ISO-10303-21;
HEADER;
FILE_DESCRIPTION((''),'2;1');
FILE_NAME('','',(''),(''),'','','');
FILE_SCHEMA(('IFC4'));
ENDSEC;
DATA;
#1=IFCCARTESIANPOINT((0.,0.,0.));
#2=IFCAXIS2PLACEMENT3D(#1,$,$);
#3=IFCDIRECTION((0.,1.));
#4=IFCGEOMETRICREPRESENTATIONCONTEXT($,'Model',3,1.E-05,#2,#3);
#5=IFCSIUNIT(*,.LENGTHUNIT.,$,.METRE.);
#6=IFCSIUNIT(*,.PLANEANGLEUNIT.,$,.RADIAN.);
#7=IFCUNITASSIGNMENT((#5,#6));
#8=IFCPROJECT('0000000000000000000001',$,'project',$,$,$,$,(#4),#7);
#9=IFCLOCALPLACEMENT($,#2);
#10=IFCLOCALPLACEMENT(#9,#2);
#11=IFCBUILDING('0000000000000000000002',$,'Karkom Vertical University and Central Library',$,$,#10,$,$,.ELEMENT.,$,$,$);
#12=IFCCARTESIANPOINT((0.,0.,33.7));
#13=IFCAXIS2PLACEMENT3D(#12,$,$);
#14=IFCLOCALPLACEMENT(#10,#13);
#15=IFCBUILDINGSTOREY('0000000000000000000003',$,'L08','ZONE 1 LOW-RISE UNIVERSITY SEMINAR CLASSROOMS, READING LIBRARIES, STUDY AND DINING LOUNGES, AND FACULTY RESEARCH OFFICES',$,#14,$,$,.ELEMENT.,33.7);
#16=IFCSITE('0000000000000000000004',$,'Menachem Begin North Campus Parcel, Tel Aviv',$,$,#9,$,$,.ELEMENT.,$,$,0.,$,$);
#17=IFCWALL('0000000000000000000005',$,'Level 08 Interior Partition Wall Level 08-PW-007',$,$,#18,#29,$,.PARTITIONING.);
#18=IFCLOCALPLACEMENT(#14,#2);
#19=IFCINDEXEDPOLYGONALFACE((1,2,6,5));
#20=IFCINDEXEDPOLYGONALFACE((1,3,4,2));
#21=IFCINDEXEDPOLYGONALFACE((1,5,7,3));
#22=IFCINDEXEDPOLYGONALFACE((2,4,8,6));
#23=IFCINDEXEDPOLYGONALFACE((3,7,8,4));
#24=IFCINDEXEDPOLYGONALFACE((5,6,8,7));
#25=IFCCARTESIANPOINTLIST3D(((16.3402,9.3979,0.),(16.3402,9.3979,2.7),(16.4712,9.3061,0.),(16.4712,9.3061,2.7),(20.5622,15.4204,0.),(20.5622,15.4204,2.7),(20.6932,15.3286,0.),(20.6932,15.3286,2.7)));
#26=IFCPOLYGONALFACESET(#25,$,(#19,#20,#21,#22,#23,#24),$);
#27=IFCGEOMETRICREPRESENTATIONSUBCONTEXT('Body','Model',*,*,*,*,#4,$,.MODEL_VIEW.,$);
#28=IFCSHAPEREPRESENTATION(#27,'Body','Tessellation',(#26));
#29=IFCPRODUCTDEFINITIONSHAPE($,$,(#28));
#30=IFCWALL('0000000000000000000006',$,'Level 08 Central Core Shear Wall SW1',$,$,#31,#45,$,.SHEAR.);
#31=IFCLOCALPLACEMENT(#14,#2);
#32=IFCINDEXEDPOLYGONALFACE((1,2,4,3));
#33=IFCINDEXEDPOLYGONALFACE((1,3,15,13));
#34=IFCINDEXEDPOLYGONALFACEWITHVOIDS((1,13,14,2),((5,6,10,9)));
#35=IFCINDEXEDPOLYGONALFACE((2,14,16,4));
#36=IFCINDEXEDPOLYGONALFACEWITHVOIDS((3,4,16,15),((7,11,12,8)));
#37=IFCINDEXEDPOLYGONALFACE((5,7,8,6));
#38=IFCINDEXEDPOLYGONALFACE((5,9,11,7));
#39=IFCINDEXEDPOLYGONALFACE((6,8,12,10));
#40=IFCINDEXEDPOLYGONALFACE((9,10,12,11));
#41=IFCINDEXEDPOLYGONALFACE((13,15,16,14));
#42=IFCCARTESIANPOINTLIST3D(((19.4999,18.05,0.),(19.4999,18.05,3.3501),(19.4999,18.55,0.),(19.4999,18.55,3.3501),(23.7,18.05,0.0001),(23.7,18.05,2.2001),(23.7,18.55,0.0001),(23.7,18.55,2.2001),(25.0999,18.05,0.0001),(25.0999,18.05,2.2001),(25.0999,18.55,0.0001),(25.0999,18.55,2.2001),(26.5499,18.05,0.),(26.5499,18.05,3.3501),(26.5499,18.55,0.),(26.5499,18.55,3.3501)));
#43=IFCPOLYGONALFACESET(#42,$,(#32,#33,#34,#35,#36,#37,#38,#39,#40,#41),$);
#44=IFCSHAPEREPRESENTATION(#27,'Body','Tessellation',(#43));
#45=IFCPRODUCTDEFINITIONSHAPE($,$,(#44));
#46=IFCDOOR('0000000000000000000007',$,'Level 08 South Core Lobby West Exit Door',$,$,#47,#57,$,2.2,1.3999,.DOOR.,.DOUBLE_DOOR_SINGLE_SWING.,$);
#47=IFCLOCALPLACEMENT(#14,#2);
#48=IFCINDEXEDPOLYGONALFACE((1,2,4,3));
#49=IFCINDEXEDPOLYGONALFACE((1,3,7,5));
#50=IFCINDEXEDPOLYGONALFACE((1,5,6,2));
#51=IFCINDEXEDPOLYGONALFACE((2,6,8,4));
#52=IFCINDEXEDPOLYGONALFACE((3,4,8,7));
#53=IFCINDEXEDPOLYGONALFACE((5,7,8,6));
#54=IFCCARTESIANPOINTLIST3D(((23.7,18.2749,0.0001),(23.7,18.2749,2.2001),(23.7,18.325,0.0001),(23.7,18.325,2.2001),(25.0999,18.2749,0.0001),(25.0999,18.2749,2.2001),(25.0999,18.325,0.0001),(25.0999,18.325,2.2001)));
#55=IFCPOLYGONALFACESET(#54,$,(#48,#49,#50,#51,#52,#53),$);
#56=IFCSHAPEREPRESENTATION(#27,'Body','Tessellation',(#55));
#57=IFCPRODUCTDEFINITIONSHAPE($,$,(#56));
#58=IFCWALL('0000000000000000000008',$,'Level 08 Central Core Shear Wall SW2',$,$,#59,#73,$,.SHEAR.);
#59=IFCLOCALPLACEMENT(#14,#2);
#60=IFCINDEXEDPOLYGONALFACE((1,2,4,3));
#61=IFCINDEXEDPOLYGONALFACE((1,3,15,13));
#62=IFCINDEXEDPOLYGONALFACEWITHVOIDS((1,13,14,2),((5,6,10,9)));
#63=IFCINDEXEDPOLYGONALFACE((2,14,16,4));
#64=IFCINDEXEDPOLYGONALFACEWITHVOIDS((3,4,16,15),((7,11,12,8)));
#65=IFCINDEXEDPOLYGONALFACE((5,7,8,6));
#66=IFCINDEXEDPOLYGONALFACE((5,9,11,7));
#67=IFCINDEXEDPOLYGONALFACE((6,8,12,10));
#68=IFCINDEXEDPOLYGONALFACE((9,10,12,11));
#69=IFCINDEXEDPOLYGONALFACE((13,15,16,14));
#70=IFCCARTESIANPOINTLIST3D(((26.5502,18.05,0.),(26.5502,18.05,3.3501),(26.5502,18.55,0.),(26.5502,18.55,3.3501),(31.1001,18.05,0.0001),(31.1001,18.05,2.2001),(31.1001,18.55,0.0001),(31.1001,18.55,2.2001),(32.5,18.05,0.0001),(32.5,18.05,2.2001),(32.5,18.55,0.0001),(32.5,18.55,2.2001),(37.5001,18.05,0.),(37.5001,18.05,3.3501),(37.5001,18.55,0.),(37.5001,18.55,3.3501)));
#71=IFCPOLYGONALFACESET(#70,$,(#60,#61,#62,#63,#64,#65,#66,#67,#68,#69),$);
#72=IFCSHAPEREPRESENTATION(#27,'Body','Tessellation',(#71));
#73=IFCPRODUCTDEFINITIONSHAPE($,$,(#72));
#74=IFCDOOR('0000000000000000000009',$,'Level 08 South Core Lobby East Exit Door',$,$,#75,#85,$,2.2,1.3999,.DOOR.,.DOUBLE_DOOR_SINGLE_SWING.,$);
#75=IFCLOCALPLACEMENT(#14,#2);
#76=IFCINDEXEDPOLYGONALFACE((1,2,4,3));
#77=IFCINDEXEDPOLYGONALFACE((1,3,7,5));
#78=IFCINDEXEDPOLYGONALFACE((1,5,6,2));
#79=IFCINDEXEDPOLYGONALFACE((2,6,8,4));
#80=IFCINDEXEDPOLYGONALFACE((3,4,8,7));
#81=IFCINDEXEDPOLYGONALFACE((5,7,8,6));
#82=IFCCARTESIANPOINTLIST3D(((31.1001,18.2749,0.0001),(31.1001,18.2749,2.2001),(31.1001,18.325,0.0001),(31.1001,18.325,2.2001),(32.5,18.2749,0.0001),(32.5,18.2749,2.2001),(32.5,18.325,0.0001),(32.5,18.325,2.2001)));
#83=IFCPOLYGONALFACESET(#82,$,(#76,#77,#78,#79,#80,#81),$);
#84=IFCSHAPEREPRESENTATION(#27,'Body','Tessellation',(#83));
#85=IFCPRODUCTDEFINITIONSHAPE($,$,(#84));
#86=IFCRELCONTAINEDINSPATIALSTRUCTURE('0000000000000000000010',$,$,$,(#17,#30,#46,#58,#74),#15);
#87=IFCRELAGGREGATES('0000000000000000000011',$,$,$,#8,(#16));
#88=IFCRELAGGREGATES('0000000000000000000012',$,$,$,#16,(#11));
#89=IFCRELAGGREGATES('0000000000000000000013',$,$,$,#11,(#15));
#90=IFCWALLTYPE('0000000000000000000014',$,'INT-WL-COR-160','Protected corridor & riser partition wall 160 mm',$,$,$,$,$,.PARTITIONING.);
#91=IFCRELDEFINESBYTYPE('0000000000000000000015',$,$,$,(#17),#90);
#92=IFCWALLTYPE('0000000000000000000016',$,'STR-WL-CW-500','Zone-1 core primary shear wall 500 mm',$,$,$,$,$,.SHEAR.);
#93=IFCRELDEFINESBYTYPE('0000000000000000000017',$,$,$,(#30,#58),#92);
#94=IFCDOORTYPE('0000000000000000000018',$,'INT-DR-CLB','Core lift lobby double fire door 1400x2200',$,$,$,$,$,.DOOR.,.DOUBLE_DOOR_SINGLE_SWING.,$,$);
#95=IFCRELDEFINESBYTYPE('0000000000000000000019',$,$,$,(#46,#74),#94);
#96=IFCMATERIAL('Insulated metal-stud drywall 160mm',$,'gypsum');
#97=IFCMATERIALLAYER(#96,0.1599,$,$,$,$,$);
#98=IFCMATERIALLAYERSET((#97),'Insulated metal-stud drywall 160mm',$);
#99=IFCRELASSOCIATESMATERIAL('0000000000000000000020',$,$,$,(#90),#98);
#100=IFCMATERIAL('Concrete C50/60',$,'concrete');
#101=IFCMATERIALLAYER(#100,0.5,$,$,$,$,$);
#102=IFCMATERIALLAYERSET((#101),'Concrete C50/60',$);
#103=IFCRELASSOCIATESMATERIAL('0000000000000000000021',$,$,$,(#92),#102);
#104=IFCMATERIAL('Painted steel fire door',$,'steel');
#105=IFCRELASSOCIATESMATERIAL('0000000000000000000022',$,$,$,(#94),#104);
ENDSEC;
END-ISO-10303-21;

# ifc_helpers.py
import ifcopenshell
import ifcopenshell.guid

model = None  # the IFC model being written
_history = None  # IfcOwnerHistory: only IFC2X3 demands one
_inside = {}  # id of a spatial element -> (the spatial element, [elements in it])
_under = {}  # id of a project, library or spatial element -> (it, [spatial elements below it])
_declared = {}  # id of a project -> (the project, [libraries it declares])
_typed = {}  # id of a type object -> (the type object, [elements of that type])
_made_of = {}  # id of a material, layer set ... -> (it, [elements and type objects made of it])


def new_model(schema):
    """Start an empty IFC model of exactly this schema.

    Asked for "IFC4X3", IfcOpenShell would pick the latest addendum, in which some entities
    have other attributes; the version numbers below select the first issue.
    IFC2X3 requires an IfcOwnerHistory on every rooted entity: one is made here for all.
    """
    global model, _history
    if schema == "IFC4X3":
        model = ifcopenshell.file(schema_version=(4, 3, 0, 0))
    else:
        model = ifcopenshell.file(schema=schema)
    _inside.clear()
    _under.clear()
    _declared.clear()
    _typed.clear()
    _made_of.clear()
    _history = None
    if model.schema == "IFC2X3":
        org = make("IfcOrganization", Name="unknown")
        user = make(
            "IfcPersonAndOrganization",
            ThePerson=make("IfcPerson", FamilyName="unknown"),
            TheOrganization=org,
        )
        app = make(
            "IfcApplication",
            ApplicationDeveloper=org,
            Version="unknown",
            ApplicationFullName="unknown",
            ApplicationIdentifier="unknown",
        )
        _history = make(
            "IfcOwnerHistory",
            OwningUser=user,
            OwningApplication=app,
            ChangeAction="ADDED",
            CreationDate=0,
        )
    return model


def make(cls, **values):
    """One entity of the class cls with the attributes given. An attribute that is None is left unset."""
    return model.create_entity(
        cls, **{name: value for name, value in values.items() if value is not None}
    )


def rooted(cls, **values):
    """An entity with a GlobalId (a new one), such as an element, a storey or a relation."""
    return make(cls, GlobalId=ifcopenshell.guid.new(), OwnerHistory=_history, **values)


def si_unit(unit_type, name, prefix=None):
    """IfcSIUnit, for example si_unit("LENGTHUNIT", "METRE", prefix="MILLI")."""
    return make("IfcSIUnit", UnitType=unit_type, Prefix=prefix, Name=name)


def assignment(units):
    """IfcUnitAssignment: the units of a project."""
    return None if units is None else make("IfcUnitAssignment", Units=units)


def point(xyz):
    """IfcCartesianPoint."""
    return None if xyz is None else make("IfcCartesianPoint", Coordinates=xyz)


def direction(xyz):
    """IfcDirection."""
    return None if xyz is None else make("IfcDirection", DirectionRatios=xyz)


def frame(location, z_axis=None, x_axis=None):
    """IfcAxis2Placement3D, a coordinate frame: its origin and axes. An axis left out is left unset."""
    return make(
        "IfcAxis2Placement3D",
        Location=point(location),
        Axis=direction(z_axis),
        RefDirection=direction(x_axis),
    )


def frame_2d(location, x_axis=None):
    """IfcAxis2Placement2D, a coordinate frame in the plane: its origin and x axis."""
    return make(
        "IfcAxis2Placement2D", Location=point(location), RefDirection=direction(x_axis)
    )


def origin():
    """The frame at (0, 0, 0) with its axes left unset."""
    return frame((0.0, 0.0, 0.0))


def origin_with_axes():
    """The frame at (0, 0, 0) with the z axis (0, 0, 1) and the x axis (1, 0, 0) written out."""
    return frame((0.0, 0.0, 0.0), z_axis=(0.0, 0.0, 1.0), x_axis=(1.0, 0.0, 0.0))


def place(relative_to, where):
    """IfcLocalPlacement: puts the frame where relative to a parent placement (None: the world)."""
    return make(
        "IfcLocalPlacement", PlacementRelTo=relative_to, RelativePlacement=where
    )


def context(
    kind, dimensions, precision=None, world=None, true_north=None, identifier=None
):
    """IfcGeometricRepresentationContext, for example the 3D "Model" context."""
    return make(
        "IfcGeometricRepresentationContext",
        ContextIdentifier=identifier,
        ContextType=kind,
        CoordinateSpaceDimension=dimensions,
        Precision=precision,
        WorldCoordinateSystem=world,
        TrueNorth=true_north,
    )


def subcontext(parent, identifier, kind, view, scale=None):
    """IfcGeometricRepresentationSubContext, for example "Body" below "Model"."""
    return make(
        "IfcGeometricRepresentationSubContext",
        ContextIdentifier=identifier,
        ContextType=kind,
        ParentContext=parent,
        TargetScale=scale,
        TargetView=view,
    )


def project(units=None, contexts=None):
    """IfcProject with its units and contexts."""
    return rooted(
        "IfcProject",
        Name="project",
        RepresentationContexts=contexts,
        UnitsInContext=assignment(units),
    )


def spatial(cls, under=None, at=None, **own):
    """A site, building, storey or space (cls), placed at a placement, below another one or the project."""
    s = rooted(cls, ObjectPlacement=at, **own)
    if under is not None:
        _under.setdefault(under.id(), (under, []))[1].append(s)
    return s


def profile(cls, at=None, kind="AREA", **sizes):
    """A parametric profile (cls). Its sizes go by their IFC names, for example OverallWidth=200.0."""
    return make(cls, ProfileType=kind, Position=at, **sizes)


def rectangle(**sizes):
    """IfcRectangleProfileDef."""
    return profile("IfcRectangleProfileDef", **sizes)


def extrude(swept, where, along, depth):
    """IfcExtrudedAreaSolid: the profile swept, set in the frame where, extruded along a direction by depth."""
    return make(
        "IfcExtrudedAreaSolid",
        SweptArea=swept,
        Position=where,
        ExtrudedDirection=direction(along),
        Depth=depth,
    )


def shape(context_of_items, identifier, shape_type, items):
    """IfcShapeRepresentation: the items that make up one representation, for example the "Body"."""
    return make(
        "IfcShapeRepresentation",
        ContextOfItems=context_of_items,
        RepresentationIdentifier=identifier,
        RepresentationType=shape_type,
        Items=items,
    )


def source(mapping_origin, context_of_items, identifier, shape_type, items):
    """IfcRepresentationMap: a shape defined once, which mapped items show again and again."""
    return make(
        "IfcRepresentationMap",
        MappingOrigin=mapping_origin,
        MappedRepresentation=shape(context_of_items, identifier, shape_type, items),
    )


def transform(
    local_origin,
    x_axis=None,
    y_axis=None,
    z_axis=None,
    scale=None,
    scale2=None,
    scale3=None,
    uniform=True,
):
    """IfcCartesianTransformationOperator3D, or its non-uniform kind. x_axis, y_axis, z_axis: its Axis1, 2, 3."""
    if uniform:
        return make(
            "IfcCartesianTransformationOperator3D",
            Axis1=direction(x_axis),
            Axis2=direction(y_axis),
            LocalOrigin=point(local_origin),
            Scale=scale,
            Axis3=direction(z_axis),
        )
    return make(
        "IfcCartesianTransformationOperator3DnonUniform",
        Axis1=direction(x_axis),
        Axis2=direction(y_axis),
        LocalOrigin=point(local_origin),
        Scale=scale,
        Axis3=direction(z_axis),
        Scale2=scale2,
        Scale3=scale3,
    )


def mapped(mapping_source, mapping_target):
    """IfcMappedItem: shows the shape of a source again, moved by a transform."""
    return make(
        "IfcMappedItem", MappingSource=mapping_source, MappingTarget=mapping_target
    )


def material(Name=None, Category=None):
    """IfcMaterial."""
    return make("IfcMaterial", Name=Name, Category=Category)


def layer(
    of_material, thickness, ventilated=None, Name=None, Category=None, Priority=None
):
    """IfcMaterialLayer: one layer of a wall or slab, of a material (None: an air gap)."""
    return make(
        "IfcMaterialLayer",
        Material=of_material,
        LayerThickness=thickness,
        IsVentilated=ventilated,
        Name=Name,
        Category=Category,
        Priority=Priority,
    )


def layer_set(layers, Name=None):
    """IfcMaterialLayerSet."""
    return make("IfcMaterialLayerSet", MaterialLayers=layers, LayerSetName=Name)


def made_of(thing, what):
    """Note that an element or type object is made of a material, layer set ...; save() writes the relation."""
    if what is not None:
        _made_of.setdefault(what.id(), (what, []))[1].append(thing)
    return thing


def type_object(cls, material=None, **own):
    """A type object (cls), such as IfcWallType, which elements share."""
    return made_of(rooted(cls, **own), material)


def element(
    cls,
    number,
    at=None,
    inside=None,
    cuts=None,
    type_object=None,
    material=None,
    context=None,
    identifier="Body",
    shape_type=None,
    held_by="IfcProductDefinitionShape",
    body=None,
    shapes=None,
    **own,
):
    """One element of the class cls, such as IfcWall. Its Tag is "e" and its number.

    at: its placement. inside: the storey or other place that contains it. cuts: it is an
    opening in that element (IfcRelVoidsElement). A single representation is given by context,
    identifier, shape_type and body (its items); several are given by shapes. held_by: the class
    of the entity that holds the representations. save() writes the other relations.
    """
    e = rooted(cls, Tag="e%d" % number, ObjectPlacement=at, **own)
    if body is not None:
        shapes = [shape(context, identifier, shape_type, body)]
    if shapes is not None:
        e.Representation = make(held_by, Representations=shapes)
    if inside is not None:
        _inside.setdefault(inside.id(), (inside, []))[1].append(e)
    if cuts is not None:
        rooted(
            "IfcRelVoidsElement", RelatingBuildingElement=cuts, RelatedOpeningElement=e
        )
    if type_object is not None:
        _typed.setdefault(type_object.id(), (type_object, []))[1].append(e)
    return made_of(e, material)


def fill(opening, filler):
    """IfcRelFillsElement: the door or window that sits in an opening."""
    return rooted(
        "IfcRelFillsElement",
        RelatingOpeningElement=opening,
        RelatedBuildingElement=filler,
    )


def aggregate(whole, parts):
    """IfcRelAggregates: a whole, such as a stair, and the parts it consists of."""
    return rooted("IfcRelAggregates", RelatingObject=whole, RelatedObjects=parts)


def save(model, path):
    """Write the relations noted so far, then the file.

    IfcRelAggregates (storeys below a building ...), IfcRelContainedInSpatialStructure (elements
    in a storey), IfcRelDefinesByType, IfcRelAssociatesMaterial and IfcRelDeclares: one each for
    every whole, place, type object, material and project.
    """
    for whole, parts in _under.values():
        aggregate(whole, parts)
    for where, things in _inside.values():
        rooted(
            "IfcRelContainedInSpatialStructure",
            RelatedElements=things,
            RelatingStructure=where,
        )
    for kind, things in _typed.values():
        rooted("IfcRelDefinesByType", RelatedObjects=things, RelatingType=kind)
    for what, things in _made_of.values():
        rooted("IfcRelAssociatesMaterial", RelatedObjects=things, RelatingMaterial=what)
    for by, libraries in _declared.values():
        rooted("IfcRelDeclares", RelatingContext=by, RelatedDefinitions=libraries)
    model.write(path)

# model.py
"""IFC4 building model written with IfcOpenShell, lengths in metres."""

from ifc_helpers import new_model, si_unit, direction, frame, frame_2d, origin, origin_with_axes, place, context, subcontext, project, spatial, rectangle, extrude, source, transform, mapped, material, layer, layer_set, type_object, element, fill, save


model = new_model("IFC4")

# Units and contexts
model_context = context("Model", 3, precision=1e-05, world=origin(), true_north=direction((0.0, 1.0)))
body_context = subcontext(model_context, "Body", "Model", "MODEL_VIEW")
ifc_project = project(units=[si_unit("LENGTHUNIT", "METRE"), si_unit("PLANEANGLEUNIT", "RADIAN")], contexts=[model_context])

# Site, building, storey
site_placement = place(None, origin())
site = spatial("IfcSite", under=ifc_project, at=site_placement, Name="Menachem Begin North Campus Parcel, Tel Aviv", CompositionType="ELEMENT", RefElevation=0.0)
building_placement = place(site_placement, origin())
building = spatial("IfcBuilding", under=site, at=building_placement, Name="Karkom Vertical University and Central Library", CompositionType="ELEMENT")
storey_placement = place(building_placement, frame((0.0, 0.0, 33.7)))
storey = spatial("IfcBuildingStorey", under=building, at=storey_placement, Name="L08", Description="ZONE 1 LOW-RISE UNIVERSITY SEMINAR CLASSROOMS, READING LIBRARIES, STUDY AND DINING LOUNGES, AND FACULTY RESEARCH OFFICES", CompositionType="ELEMENT", Elevation=33.7)

# Shared definitions
ifc_material_1 = material(Name="Concrete C50/60", Category="concrete")

# Wall
ifc_material_2 = material(Name="Insulated metal-stud drywall 160mm", Category="gypsum")
ifc_layer_1 = layer(ifc_material_2, 0.1599)
ifc_layer_set_1 = layer_set([ifc_layer_1], Name="Insulated metal-stud drywall 160mm")
wall_type_1 = type_object("IfcWallType", Name="INT-WL-COR-160", Description="Protected corridor & riser partition wall 160 mm", PredefinedType="PARTITIONING", material=ifc_layer_set_1)
wall_1_placement = place(storey_placement, frame((20.6277, 15.3745, 0.0), z_axis=(0.0, 0.0, 1.0), x_axis=(-0.574028, -0.818836, 0.0)))
element("IfcWall", 1, at=wall_1_placement, inside=storey, type_object=wall_type_1, Name="Level 08 Interior Partition Wall Level 08-PW-007", PredefinedType="PARTITIONING", context=body_context, shape_type="SweptSolid", body=[
    extrude(rectangle(XDim=7.355, YDim=0.1599, at=frame_2d((3.6775, 0.0))), origin(), (0.0, 0.0, 1.0), 2.7),
])

# Walls, openings, doors
ifc_layer_2 = layer(ifc_material_1, 0.5)
ifc_layer_set_2 = layer_set([ifc_layer_2], Name="Concrete C50/60")
wall_type_2 = type_object("IfcWallType", Name="STR-WL-CW-500", Description="Zone-1 core primary shear wall 500 mm", PredefinedType="SHEAR", material=ifc_layer_set_2)
wall_2_placement = place(storey_placement, frame((19.5, 18.3, 0.0), z_axis=(0.0, 0.0, 1.0), x_axis=(1.0, 0.0, 0.0)))
wall_2 = element("IfcWall", 2, at=wall_2_placement, inside=storey, type_object=wall_type_2, Name="Level 08 Central Core Shear Wall SW1", PredefinedType="SHEAR", context=body_context, shape_type="SweptSolid", body=[
    extrude(rectangle(XDim=7.05, YDim=0.5, at=frame_2d((3.5249, 0.0))), origin(), (0.0, 0.0, 1.0), 3.3501),
])
opening_1_placement = place(wall_2_placement, frame((4.2, 0.0, 0.0)))
opening_1 = element("IfcOpeningElement", 3, at=opening_1_placement, cuts=wall_2, PredefinedType="OPENING", context=body_context, shape_type="SweptSolid", body=[
    extrude(rectangle(XDim=1.3999, YDim=2.2, at=frame_2d((0.7, 1.1001))), frame((0.0, 0.26, 0.0), z_axis=(0.0, -1.0, 0.0), x_axis=(1.0, 0.0, 0.0)), (0.0, 0.0, 1.0), 0.52),
])
ifc_material_3 = material(Name="Painted steel fire door", Category="steel")
door_type = type_object("IfcDoorType", Name="INT-DR-CLB", Description="Core lift lobby double fire door 1400x2200", OperationType="DOUBLE_DOOR_SINGLE_SWING", PredefinedType="DOOR", material=ifc_material_3)
shared_shape_1 = source(origin_with_axes(), body_context, "Body", "SweptSolid", [
    extrude(rectangle(XDim=1.3999, YDim=2.2, at=frame_2d((0.7, 1.1001))), frame((0.0, 0.0249, 0.0), z_axis=(0.0, -1.0, 0.0), x_axis=(1.0, 0.0, 0.0)), (0.0, 0.0, 1.0), 0.05),
])
door_1_placement = place(opening_1_placement, origin())
door_1 = element("IfcDoor", 4, at=door_1_placement, inside=storey, type_object=door_type, Name="Level 08 South Core Lobby West Exit Door", OperationType="DOUBLE_DOOR_SINGLE_SWING", OverallHeight=2.2, OverallWidth=1.3999, PredefinedType="DOOR", context=body_context, shape_type="MappedRepresentation", body=[
    mapped(shared_shape_1, transform((0.0, 0.0, 0.0), scale=1.0)),
])
fill(opening_1, door_1)
wall_3_placement = place(storey_placement, frame((26.55, 18.3, 0.0), z_axis=(0.0, 0.0, 1.0), x_axis=(1.0, 0.0, 0.0)))
wall_3 = element("IfcWall", 5, at=wall_3_placement, inside=storey, type_object=wall_type_2, Name="Level 08 Central Core Shear Wall SW2", PredefinedType="SHEAR", context=body_context, shape_type="SweptSolid", body=[
    extrude(rectangle(XDim=10.95, YDim=0.5, at=frame_2d((5.4751, 0.0))), origin(), (0.0, 0.0, 1.0), 3.3501),
])
opening_2_placement = place(wall_3_placement, frame((4.55, 0.0, 0.0)))
opening_2 = element("IfcOpeningElement", 6, at=opening_2_placement, cuts=wall_3, PredefinedType="OPENING", context=body_context, shape_type="SweptSolid", body=[
    extrude(rectangle(XDim=1.3999, YDim=2.2, at=frame_2d((0.7, 1.1001))), frame((0.0, 0.26, 0.0), z_axis=(0.0, -1.0, 0.0), x_axis=(1.0, 0.0, 0.0)), (0.0, 0.0, 1.0), 0.52),
])
door_2_placement = place(opening_2_placement, origin())
door_2 = element("IfcDoor", 7, at=door_2_placement, inside=storey, type_object=door_type, Name="Level 08 South Core Lobby East Exit Door", OperationType="DOUBLE_DOOR_SINGLE_SWING", OverallHeight=2.2, OverallWidth=1.3999, PredefinedType="DOOR", context=body_context, shape_type="MappedRepresentation", body=[
    mapped(shared_shape_1, transform((0.0, 0.0, 0.0), scale=1.0)),
])
fill(opening_2, door_2)

save(model, "model.ifc")
